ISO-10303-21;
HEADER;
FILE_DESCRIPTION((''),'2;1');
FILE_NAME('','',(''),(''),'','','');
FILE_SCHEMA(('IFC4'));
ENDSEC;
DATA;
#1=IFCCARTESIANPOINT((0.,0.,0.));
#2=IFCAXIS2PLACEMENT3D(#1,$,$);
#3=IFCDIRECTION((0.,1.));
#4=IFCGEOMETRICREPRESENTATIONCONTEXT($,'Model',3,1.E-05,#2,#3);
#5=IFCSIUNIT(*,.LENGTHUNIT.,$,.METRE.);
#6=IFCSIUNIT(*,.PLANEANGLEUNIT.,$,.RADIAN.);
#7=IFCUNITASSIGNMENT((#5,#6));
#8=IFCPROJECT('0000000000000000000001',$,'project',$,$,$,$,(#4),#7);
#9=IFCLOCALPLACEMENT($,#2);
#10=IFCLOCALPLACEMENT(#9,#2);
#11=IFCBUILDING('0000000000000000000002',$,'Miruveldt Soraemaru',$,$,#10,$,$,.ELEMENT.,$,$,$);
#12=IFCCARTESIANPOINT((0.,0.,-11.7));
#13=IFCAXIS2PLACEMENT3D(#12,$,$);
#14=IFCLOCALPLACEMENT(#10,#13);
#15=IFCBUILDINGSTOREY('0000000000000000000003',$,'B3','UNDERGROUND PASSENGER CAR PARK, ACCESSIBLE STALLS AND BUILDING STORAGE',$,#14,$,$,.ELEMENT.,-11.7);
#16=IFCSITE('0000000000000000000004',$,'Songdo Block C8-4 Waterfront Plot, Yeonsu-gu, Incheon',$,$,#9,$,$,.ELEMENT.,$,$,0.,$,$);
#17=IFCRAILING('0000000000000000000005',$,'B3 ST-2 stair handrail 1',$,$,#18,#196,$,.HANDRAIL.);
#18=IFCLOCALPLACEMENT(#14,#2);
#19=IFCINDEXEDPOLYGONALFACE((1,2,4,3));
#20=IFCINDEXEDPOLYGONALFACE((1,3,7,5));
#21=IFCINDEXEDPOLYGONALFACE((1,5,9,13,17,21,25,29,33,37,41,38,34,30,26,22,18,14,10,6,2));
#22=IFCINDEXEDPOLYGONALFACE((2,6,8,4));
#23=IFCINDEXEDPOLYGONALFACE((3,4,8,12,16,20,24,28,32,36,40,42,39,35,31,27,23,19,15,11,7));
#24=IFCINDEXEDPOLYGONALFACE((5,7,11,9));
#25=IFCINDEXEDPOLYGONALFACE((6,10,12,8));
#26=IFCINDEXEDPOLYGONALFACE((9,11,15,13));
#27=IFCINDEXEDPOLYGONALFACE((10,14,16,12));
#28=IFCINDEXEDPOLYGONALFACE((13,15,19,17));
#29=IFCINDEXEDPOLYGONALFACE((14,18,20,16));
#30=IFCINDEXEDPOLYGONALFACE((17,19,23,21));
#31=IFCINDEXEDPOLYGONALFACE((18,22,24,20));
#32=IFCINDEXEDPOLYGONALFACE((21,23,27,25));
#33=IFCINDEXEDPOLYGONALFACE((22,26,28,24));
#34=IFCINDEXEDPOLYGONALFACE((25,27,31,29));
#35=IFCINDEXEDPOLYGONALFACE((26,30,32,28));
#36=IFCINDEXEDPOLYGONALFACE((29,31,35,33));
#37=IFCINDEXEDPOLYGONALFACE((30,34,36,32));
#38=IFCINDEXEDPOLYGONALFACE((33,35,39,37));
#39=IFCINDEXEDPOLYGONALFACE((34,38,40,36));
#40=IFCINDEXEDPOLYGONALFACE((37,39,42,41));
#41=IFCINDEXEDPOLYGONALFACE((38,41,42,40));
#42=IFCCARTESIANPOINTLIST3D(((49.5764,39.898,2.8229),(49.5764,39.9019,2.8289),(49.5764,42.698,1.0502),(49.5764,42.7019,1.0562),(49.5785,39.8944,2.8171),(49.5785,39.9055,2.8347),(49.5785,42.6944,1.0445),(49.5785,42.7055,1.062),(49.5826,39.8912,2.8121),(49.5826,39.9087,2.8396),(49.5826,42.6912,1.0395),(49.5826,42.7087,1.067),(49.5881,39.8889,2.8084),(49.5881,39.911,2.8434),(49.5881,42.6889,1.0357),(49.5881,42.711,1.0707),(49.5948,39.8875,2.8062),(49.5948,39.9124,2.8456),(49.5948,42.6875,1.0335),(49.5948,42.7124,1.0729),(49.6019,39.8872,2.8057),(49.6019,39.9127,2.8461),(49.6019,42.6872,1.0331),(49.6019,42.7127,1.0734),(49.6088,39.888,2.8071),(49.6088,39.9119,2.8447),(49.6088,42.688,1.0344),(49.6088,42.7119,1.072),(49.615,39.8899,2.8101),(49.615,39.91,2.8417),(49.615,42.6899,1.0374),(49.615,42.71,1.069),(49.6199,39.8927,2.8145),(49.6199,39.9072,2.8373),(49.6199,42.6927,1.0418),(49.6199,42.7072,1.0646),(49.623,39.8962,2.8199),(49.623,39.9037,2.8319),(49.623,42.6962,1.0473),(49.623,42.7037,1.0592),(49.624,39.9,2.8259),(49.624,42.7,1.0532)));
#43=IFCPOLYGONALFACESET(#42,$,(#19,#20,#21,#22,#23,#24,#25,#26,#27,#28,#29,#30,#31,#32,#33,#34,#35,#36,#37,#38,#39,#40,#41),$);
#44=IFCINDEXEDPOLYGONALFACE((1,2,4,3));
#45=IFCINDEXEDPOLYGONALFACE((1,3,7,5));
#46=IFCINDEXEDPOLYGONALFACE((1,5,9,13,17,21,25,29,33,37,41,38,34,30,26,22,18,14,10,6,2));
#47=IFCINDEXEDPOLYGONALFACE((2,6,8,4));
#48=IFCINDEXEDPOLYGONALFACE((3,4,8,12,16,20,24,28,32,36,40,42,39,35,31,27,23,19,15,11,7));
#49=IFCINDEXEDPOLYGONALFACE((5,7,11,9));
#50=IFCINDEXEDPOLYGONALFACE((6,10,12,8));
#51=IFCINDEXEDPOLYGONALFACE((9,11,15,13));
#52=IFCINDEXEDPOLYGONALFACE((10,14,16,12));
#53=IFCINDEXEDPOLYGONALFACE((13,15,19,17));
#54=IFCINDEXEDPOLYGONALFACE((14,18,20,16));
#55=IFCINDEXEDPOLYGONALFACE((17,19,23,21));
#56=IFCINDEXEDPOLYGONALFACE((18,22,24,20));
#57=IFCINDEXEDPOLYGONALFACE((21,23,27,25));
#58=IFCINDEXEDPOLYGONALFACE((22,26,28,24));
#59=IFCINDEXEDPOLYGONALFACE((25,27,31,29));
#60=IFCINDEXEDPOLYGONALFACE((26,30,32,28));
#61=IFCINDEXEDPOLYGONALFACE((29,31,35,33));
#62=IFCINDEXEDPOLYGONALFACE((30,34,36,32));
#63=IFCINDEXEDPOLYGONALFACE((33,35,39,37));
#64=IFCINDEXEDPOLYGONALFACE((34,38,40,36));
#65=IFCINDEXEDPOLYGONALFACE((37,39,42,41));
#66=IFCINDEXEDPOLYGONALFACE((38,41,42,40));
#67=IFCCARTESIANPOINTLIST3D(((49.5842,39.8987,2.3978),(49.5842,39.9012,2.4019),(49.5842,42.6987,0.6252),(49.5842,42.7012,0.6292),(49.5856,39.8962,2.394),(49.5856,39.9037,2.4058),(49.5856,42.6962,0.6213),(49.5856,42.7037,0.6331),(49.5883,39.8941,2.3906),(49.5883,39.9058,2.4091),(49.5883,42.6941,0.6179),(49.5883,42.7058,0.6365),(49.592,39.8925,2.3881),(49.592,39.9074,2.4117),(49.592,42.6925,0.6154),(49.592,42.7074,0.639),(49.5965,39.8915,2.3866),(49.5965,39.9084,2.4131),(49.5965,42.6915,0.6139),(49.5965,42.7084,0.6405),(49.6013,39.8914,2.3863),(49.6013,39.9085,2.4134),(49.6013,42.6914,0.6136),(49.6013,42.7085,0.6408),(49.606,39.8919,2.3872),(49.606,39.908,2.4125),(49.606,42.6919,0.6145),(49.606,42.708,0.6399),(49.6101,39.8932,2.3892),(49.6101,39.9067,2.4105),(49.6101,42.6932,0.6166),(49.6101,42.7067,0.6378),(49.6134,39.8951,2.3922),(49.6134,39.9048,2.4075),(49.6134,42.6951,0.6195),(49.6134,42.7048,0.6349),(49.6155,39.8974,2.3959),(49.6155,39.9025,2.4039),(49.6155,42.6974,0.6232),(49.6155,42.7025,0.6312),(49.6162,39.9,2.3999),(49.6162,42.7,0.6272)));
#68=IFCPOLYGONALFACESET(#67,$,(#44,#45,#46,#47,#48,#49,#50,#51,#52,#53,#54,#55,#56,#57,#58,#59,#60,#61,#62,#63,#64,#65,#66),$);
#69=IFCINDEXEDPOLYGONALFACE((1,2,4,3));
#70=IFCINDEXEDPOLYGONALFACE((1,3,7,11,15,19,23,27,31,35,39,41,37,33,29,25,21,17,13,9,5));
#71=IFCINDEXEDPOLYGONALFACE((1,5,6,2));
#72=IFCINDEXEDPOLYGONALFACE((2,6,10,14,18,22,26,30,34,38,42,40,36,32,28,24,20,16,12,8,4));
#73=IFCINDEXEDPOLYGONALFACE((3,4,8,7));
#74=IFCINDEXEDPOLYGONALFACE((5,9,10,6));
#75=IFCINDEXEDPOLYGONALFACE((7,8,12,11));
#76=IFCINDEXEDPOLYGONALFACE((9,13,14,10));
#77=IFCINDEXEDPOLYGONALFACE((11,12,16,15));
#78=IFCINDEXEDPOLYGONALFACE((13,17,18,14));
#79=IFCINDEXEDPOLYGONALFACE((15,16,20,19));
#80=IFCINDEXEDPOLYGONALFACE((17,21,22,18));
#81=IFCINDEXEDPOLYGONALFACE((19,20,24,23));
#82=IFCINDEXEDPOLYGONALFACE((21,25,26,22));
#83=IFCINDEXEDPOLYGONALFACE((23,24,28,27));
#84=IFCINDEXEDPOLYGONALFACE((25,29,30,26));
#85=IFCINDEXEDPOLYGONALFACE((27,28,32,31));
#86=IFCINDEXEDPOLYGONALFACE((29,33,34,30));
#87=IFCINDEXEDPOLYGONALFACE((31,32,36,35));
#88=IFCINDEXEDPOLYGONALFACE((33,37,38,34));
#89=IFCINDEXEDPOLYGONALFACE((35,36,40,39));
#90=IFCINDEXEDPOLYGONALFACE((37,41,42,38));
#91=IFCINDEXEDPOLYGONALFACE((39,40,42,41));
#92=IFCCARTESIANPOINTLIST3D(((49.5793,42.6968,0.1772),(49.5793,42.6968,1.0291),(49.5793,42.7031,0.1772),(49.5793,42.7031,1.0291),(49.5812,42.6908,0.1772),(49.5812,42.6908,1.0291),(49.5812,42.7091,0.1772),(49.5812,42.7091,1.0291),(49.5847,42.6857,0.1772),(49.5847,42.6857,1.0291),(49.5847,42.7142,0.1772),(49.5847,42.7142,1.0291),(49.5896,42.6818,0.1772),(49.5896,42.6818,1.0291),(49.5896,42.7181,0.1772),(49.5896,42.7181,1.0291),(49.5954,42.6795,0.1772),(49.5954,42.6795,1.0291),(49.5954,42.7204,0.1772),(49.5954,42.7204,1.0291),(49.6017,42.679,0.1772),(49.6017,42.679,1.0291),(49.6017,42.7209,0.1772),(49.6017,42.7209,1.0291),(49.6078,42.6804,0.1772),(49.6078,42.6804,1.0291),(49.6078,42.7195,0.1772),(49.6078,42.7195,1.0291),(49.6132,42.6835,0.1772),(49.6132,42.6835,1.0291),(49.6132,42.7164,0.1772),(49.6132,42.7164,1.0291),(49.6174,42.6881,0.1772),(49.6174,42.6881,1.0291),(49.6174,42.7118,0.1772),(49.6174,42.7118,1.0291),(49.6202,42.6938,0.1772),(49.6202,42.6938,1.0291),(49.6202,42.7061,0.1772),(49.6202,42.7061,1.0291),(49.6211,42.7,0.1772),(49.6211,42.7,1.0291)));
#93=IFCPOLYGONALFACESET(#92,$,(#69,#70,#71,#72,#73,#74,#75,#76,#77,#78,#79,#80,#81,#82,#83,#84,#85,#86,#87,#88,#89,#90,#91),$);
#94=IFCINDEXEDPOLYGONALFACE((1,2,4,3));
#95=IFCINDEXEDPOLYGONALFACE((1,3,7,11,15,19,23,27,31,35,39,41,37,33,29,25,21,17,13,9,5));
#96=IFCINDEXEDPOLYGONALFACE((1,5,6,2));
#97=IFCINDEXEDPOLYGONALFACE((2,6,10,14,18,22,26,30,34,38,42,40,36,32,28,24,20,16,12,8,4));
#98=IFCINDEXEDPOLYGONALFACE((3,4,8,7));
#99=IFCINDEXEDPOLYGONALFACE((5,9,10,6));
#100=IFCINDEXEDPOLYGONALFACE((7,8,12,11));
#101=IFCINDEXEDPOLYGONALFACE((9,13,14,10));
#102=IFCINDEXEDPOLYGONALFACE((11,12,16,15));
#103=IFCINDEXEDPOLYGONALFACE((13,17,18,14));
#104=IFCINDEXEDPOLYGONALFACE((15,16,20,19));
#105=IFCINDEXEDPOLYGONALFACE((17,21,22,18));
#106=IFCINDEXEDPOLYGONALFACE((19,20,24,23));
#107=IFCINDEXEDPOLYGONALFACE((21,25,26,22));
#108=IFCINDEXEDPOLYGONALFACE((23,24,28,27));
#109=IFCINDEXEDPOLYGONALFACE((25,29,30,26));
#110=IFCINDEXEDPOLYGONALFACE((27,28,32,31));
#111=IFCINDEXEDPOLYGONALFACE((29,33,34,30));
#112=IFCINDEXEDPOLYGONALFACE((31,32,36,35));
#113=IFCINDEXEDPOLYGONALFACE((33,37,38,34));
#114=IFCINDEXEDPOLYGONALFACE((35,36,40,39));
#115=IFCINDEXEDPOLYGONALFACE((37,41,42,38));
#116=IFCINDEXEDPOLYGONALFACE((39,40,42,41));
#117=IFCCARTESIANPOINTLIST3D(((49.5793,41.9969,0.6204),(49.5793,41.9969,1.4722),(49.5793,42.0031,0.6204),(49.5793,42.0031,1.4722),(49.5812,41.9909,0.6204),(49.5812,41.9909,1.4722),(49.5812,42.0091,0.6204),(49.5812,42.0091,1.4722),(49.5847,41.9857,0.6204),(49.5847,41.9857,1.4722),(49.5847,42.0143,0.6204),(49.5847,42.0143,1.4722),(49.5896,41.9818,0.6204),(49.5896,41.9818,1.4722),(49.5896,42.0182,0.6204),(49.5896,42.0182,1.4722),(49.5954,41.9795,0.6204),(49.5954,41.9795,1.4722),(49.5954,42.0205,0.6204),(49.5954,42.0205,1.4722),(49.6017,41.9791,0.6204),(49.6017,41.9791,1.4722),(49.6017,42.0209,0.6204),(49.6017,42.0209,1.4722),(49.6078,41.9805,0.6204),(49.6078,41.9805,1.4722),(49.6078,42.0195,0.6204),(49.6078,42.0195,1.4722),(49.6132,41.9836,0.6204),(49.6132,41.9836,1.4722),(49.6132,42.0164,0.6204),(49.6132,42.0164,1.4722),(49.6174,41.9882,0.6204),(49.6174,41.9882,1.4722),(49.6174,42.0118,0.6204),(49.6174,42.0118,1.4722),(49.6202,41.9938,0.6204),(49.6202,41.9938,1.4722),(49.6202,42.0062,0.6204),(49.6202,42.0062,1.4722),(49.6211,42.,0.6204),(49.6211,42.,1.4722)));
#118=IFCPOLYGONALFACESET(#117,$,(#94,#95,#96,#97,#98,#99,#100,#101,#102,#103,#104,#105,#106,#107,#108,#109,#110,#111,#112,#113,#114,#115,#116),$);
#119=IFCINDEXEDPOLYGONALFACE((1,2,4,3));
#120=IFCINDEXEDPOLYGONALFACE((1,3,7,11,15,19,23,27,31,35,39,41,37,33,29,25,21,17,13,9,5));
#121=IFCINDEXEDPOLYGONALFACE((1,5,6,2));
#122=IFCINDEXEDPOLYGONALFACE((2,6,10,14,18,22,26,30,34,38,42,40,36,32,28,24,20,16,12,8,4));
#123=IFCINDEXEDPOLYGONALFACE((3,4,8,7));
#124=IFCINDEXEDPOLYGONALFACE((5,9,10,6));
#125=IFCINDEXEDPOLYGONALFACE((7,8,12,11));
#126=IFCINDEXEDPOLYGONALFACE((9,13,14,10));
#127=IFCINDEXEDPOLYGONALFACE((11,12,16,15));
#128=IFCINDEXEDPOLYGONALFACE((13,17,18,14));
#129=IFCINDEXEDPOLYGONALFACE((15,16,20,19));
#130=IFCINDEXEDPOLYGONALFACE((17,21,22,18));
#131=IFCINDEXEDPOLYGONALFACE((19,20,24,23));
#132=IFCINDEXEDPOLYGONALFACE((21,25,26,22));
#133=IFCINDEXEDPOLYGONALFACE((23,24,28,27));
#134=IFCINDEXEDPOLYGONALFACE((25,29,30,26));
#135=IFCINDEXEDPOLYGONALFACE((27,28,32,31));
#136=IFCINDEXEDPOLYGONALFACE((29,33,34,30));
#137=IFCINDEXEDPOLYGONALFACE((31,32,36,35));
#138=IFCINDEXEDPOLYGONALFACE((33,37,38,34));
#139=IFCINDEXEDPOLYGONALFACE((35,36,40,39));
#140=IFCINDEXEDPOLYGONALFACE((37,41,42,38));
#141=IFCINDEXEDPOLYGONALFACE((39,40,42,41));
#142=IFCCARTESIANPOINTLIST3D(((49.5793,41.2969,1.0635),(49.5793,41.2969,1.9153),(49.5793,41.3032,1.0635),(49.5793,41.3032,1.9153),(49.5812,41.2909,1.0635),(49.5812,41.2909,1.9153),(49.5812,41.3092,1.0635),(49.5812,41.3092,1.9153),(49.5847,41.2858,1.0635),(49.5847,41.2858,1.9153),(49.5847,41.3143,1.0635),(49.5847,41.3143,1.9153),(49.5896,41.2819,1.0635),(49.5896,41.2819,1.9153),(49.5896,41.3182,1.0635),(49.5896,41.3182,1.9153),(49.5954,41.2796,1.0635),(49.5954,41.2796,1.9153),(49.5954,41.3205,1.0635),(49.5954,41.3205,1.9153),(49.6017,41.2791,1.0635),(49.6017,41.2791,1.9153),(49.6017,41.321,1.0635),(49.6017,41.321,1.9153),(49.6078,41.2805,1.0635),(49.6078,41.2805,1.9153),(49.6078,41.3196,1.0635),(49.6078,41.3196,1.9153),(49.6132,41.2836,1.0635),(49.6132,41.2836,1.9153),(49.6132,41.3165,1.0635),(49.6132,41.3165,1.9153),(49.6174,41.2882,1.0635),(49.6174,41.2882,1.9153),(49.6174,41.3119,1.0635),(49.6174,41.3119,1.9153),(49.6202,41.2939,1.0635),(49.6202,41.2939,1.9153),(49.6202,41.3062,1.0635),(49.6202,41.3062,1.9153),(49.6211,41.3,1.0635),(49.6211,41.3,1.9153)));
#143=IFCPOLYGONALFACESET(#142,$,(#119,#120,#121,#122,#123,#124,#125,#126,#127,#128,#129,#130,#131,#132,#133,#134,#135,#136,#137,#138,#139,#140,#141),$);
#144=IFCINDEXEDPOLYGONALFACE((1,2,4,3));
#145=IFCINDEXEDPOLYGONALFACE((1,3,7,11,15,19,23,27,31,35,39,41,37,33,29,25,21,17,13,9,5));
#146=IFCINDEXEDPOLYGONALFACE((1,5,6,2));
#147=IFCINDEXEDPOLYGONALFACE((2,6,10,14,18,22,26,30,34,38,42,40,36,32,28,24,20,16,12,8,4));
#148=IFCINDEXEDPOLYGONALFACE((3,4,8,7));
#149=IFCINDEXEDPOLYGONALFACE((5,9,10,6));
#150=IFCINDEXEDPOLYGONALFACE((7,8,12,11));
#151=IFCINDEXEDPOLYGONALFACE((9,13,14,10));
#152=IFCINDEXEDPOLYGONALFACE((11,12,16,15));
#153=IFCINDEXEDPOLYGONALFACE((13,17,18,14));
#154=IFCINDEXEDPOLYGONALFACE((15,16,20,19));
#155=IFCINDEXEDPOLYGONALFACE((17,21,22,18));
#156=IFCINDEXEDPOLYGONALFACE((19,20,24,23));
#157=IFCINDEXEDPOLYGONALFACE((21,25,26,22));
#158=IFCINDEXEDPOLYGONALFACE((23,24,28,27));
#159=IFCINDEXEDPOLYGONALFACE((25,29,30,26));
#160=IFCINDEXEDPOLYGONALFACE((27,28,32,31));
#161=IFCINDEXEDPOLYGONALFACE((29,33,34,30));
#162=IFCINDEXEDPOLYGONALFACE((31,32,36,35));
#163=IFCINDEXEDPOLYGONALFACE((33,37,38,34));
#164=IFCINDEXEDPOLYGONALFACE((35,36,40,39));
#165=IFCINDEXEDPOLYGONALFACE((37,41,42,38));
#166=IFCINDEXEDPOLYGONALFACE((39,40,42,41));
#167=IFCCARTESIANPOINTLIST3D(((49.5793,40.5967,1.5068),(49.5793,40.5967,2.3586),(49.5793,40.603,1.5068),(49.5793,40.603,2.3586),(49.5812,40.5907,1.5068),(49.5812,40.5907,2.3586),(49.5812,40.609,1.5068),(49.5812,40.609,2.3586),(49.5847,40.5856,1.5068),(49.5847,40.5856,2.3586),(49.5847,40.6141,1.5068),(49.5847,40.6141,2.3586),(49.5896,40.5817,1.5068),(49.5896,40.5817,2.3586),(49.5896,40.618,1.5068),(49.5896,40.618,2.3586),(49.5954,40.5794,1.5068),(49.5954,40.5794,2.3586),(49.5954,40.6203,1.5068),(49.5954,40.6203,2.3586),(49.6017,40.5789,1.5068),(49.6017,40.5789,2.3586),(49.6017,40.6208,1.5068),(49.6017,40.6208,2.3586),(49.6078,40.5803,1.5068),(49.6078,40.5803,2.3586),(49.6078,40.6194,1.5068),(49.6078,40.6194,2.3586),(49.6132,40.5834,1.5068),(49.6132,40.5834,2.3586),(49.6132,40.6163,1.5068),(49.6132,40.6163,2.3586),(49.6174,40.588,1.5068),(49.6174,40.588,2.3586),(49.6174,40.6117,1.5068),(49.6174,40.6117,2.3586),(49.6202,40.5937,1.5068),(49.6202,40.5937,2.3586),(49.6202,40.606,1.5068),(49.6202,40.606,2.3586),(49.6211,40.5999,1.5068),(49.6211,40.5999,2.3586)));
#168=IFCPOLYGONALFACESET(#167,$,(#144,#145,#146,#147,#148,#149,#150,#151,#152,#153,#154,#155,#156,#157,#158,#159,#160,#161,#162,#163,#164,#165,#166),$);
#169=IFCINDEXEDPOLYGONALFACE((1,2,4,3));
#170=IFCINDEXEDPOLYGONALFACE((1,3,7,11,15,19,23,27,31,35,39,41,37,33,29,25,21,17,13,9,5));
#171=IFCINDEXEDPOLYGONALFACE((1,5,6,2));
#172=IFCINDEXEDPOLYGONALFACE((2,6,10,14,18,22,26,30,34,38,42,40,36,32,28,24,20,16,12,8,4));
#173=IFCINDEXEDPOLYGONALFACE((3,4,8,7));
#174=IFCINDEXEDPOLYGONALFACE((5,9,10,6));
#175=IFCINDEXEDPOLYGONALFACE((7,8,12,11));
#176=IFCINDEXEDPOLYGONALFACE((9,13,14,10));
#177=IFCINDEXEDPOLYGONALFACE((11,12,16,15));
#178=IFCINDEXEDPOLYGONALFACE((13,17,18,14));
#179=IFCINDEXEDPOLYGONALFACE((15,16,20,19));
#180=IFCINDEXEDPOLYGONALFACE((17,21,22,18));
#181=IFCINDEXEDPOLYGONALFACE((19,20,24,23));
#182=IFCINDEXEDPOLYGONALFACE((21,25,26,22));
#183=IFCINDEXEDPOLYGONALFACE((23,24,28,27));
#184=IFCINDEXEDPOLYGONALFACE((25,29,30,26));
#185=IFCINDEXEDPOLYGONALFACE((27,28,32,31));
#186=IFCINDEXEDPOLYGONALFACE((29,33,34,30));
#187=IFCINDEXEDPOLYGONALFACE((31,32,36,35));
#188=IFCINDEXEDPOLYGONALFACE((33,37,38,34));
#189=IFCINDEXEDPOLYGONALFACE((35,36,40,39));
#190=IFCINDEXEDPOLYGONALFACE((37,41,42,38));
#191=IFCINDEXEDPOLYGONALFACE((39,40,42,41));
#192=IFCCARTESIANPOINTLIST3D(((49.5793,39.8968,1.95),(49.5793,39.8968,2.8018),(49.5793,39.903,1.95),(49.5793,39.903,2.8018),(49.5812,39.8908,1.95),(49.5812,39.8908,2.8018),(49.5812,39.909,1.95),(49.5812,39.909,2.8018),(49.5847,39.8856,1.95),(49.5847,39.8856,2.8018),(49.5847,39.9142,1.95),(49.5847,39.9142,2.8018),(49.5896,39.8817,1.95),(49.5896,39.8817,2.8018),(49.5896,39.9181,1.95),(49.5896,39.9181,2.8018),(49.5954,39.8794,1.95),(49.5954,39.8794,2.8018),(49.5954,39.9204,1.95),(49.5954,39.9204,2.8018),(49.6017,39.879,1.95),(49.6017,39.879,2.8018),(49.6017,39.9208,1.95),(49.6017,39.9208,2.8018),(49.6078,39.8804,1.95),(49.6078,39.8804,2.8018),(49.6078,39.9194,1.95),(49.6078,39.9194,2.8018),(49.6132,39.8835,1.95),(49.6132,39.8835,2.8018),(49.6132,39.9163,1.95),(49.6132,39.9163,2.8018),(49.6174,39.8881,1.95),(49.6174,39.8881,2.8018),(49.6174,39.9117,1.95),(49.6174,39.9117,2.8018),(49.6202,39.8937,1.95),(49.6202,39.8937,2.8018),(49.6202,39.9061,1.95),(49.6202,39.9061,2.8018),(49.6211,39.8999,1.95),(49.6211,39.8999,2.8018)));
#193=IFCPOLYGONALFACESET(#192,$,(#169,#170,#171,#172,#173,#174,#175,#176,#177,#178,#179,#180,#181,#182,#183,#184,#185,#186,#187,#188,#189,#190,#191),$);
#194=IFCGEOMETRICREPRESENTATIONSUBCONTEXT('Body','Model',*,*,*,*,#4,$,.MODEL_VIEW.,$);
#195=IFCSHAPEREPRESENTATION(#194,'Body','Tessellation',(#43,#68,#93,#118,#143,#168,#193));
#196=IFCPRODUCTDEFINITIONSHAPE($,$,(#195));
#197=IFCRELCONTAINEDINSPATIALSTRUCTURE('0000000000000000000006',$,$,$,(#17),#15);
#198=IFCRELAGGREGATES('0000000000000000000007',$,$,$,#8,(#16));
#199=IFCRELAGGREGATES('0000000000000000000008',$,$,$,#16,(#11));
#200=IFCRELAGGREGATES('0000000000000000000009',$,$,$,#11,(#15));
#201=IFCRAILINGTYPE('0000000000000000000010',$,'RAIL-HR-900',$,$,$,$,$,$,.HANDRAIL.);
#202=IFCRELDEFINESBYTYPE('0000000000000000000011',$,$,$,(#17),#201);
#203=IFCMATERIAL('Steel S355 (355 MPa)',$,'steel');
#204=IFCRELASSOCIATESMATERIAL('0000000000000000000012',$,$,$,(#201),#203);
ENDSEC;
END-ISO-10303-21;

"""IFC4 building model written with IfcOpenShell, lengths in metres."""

from ifc_helpers import new_model, si_unit, direction, frame, origin, origin_2d, place, context, subcontext, project, spatial, circle, extrude, material, type_object, element, save


model = new_model("IFC4")

# Units and contexts
model_context = context("Model", 3, precision=1e-05, world=origin(), true_north=direction((0.0, 1.0)))
body_context = subcontext(model_context, "Body", "Model", "MODEL_VIEW")
ifc_project = project(units=[si_unit("LENGTHUNIT", "METRE"), si_unit("PLANEANGLEUNIT", "RADIAN")], contexts=[model_context])

# Site, building, storey
site_placement = place(None, origin())
site = spatial("IfcSite", under=ifc_project, at=site_placement, Name="Songdo Block C8-4 Waterfront Plot, Yeonsu-gu, Incheon", CompositionType="ELEMENT", RefElevation=0.0)
building_placement = place(site_placement, origin())
building = spatial("IfcBuilding", under=site, at=building_placement, Name="Miruveldt Soraemaru", CompositionType="ELEMENT")
storey_placement = place(building_placement, frame((0.0, 0.0, -11.7)))
storey = spatial("IfcBuildingStorey", under=building, at=storey_placement, Name="B3", Description="UNDERGROUND PASSENGER CAR PARK, ACCESSIBLE STALLS AND BUILDING STORAGE", CompositionType="ELEMENT", Elevation=-11.7)

# Shared definitions
ifc_material_1 = material(Name="Steel S355 (355 MPa)", Category="steel")

# Railing
railing_type_1 = type_object("IfcRailingType", Name="RAIL-HR-900", PredefinedType="HANDRAIL", material=ifc_material_1)
railing_1_placement = place(storey_placement, frame((49.6001, 42.7, 0.1772)))
element("IfcRailing", 1, at=railing_1_placement, inside=storey, type_object=railing_type_1, Name="B3 ST-2 stair handrail 1", PredefinedType="HANDRAIL", context=body_context, shape_type="SweptSolid", body=[
    extrude(circle(Radius=0.0239, at=origin_2d()), frame((0.0, 0.0, 0.876), z_axis=(0.0, -0.844909, 0.53491), x_axis=(1.0, 0.0, 0.0)), (0.0, 0.0, 1.0), 3.314),
    extrude(circle(Radius=0.0161, at=origin_2d()), frame((0.0, 0.0, 0.45), z_axis=(0.0, -0.844909, 0.53491), x_axis=(1.0, 0.0, 0.0)), (0.0, 0.0, 1.0), 3.314),
    extrude(circle(Radius=0.021, at=origin_2d()), origin(), (0.0, 0.0, 1.0), 0.8518),
    extrude(circle(Radius=0.021, at=origin_2d()), frame((0.0, -0.7, 0.4431)), (0.0, 0.0, 1.0), 0.8518),
    extrude(circle(Radius=0.021, at=origin_2d()), frame((0.0, -1.3999, 0.8862)), (0.0, 0.0, 1.0), 0.8518),
    extrude(circle(Radius=0.021, at=origin_2d()), frame((0.0, -2.1001, 1.3296)), (0.0, 0.0, 1.0), 0.8518),
    extrude(circle(Radius=0.021, at=origin_2d()), frame((0.0, -2.8, 1.7727)), (0.0, 0.0, 1.0), 0.8518),
])

save(model, "model.ifc")
